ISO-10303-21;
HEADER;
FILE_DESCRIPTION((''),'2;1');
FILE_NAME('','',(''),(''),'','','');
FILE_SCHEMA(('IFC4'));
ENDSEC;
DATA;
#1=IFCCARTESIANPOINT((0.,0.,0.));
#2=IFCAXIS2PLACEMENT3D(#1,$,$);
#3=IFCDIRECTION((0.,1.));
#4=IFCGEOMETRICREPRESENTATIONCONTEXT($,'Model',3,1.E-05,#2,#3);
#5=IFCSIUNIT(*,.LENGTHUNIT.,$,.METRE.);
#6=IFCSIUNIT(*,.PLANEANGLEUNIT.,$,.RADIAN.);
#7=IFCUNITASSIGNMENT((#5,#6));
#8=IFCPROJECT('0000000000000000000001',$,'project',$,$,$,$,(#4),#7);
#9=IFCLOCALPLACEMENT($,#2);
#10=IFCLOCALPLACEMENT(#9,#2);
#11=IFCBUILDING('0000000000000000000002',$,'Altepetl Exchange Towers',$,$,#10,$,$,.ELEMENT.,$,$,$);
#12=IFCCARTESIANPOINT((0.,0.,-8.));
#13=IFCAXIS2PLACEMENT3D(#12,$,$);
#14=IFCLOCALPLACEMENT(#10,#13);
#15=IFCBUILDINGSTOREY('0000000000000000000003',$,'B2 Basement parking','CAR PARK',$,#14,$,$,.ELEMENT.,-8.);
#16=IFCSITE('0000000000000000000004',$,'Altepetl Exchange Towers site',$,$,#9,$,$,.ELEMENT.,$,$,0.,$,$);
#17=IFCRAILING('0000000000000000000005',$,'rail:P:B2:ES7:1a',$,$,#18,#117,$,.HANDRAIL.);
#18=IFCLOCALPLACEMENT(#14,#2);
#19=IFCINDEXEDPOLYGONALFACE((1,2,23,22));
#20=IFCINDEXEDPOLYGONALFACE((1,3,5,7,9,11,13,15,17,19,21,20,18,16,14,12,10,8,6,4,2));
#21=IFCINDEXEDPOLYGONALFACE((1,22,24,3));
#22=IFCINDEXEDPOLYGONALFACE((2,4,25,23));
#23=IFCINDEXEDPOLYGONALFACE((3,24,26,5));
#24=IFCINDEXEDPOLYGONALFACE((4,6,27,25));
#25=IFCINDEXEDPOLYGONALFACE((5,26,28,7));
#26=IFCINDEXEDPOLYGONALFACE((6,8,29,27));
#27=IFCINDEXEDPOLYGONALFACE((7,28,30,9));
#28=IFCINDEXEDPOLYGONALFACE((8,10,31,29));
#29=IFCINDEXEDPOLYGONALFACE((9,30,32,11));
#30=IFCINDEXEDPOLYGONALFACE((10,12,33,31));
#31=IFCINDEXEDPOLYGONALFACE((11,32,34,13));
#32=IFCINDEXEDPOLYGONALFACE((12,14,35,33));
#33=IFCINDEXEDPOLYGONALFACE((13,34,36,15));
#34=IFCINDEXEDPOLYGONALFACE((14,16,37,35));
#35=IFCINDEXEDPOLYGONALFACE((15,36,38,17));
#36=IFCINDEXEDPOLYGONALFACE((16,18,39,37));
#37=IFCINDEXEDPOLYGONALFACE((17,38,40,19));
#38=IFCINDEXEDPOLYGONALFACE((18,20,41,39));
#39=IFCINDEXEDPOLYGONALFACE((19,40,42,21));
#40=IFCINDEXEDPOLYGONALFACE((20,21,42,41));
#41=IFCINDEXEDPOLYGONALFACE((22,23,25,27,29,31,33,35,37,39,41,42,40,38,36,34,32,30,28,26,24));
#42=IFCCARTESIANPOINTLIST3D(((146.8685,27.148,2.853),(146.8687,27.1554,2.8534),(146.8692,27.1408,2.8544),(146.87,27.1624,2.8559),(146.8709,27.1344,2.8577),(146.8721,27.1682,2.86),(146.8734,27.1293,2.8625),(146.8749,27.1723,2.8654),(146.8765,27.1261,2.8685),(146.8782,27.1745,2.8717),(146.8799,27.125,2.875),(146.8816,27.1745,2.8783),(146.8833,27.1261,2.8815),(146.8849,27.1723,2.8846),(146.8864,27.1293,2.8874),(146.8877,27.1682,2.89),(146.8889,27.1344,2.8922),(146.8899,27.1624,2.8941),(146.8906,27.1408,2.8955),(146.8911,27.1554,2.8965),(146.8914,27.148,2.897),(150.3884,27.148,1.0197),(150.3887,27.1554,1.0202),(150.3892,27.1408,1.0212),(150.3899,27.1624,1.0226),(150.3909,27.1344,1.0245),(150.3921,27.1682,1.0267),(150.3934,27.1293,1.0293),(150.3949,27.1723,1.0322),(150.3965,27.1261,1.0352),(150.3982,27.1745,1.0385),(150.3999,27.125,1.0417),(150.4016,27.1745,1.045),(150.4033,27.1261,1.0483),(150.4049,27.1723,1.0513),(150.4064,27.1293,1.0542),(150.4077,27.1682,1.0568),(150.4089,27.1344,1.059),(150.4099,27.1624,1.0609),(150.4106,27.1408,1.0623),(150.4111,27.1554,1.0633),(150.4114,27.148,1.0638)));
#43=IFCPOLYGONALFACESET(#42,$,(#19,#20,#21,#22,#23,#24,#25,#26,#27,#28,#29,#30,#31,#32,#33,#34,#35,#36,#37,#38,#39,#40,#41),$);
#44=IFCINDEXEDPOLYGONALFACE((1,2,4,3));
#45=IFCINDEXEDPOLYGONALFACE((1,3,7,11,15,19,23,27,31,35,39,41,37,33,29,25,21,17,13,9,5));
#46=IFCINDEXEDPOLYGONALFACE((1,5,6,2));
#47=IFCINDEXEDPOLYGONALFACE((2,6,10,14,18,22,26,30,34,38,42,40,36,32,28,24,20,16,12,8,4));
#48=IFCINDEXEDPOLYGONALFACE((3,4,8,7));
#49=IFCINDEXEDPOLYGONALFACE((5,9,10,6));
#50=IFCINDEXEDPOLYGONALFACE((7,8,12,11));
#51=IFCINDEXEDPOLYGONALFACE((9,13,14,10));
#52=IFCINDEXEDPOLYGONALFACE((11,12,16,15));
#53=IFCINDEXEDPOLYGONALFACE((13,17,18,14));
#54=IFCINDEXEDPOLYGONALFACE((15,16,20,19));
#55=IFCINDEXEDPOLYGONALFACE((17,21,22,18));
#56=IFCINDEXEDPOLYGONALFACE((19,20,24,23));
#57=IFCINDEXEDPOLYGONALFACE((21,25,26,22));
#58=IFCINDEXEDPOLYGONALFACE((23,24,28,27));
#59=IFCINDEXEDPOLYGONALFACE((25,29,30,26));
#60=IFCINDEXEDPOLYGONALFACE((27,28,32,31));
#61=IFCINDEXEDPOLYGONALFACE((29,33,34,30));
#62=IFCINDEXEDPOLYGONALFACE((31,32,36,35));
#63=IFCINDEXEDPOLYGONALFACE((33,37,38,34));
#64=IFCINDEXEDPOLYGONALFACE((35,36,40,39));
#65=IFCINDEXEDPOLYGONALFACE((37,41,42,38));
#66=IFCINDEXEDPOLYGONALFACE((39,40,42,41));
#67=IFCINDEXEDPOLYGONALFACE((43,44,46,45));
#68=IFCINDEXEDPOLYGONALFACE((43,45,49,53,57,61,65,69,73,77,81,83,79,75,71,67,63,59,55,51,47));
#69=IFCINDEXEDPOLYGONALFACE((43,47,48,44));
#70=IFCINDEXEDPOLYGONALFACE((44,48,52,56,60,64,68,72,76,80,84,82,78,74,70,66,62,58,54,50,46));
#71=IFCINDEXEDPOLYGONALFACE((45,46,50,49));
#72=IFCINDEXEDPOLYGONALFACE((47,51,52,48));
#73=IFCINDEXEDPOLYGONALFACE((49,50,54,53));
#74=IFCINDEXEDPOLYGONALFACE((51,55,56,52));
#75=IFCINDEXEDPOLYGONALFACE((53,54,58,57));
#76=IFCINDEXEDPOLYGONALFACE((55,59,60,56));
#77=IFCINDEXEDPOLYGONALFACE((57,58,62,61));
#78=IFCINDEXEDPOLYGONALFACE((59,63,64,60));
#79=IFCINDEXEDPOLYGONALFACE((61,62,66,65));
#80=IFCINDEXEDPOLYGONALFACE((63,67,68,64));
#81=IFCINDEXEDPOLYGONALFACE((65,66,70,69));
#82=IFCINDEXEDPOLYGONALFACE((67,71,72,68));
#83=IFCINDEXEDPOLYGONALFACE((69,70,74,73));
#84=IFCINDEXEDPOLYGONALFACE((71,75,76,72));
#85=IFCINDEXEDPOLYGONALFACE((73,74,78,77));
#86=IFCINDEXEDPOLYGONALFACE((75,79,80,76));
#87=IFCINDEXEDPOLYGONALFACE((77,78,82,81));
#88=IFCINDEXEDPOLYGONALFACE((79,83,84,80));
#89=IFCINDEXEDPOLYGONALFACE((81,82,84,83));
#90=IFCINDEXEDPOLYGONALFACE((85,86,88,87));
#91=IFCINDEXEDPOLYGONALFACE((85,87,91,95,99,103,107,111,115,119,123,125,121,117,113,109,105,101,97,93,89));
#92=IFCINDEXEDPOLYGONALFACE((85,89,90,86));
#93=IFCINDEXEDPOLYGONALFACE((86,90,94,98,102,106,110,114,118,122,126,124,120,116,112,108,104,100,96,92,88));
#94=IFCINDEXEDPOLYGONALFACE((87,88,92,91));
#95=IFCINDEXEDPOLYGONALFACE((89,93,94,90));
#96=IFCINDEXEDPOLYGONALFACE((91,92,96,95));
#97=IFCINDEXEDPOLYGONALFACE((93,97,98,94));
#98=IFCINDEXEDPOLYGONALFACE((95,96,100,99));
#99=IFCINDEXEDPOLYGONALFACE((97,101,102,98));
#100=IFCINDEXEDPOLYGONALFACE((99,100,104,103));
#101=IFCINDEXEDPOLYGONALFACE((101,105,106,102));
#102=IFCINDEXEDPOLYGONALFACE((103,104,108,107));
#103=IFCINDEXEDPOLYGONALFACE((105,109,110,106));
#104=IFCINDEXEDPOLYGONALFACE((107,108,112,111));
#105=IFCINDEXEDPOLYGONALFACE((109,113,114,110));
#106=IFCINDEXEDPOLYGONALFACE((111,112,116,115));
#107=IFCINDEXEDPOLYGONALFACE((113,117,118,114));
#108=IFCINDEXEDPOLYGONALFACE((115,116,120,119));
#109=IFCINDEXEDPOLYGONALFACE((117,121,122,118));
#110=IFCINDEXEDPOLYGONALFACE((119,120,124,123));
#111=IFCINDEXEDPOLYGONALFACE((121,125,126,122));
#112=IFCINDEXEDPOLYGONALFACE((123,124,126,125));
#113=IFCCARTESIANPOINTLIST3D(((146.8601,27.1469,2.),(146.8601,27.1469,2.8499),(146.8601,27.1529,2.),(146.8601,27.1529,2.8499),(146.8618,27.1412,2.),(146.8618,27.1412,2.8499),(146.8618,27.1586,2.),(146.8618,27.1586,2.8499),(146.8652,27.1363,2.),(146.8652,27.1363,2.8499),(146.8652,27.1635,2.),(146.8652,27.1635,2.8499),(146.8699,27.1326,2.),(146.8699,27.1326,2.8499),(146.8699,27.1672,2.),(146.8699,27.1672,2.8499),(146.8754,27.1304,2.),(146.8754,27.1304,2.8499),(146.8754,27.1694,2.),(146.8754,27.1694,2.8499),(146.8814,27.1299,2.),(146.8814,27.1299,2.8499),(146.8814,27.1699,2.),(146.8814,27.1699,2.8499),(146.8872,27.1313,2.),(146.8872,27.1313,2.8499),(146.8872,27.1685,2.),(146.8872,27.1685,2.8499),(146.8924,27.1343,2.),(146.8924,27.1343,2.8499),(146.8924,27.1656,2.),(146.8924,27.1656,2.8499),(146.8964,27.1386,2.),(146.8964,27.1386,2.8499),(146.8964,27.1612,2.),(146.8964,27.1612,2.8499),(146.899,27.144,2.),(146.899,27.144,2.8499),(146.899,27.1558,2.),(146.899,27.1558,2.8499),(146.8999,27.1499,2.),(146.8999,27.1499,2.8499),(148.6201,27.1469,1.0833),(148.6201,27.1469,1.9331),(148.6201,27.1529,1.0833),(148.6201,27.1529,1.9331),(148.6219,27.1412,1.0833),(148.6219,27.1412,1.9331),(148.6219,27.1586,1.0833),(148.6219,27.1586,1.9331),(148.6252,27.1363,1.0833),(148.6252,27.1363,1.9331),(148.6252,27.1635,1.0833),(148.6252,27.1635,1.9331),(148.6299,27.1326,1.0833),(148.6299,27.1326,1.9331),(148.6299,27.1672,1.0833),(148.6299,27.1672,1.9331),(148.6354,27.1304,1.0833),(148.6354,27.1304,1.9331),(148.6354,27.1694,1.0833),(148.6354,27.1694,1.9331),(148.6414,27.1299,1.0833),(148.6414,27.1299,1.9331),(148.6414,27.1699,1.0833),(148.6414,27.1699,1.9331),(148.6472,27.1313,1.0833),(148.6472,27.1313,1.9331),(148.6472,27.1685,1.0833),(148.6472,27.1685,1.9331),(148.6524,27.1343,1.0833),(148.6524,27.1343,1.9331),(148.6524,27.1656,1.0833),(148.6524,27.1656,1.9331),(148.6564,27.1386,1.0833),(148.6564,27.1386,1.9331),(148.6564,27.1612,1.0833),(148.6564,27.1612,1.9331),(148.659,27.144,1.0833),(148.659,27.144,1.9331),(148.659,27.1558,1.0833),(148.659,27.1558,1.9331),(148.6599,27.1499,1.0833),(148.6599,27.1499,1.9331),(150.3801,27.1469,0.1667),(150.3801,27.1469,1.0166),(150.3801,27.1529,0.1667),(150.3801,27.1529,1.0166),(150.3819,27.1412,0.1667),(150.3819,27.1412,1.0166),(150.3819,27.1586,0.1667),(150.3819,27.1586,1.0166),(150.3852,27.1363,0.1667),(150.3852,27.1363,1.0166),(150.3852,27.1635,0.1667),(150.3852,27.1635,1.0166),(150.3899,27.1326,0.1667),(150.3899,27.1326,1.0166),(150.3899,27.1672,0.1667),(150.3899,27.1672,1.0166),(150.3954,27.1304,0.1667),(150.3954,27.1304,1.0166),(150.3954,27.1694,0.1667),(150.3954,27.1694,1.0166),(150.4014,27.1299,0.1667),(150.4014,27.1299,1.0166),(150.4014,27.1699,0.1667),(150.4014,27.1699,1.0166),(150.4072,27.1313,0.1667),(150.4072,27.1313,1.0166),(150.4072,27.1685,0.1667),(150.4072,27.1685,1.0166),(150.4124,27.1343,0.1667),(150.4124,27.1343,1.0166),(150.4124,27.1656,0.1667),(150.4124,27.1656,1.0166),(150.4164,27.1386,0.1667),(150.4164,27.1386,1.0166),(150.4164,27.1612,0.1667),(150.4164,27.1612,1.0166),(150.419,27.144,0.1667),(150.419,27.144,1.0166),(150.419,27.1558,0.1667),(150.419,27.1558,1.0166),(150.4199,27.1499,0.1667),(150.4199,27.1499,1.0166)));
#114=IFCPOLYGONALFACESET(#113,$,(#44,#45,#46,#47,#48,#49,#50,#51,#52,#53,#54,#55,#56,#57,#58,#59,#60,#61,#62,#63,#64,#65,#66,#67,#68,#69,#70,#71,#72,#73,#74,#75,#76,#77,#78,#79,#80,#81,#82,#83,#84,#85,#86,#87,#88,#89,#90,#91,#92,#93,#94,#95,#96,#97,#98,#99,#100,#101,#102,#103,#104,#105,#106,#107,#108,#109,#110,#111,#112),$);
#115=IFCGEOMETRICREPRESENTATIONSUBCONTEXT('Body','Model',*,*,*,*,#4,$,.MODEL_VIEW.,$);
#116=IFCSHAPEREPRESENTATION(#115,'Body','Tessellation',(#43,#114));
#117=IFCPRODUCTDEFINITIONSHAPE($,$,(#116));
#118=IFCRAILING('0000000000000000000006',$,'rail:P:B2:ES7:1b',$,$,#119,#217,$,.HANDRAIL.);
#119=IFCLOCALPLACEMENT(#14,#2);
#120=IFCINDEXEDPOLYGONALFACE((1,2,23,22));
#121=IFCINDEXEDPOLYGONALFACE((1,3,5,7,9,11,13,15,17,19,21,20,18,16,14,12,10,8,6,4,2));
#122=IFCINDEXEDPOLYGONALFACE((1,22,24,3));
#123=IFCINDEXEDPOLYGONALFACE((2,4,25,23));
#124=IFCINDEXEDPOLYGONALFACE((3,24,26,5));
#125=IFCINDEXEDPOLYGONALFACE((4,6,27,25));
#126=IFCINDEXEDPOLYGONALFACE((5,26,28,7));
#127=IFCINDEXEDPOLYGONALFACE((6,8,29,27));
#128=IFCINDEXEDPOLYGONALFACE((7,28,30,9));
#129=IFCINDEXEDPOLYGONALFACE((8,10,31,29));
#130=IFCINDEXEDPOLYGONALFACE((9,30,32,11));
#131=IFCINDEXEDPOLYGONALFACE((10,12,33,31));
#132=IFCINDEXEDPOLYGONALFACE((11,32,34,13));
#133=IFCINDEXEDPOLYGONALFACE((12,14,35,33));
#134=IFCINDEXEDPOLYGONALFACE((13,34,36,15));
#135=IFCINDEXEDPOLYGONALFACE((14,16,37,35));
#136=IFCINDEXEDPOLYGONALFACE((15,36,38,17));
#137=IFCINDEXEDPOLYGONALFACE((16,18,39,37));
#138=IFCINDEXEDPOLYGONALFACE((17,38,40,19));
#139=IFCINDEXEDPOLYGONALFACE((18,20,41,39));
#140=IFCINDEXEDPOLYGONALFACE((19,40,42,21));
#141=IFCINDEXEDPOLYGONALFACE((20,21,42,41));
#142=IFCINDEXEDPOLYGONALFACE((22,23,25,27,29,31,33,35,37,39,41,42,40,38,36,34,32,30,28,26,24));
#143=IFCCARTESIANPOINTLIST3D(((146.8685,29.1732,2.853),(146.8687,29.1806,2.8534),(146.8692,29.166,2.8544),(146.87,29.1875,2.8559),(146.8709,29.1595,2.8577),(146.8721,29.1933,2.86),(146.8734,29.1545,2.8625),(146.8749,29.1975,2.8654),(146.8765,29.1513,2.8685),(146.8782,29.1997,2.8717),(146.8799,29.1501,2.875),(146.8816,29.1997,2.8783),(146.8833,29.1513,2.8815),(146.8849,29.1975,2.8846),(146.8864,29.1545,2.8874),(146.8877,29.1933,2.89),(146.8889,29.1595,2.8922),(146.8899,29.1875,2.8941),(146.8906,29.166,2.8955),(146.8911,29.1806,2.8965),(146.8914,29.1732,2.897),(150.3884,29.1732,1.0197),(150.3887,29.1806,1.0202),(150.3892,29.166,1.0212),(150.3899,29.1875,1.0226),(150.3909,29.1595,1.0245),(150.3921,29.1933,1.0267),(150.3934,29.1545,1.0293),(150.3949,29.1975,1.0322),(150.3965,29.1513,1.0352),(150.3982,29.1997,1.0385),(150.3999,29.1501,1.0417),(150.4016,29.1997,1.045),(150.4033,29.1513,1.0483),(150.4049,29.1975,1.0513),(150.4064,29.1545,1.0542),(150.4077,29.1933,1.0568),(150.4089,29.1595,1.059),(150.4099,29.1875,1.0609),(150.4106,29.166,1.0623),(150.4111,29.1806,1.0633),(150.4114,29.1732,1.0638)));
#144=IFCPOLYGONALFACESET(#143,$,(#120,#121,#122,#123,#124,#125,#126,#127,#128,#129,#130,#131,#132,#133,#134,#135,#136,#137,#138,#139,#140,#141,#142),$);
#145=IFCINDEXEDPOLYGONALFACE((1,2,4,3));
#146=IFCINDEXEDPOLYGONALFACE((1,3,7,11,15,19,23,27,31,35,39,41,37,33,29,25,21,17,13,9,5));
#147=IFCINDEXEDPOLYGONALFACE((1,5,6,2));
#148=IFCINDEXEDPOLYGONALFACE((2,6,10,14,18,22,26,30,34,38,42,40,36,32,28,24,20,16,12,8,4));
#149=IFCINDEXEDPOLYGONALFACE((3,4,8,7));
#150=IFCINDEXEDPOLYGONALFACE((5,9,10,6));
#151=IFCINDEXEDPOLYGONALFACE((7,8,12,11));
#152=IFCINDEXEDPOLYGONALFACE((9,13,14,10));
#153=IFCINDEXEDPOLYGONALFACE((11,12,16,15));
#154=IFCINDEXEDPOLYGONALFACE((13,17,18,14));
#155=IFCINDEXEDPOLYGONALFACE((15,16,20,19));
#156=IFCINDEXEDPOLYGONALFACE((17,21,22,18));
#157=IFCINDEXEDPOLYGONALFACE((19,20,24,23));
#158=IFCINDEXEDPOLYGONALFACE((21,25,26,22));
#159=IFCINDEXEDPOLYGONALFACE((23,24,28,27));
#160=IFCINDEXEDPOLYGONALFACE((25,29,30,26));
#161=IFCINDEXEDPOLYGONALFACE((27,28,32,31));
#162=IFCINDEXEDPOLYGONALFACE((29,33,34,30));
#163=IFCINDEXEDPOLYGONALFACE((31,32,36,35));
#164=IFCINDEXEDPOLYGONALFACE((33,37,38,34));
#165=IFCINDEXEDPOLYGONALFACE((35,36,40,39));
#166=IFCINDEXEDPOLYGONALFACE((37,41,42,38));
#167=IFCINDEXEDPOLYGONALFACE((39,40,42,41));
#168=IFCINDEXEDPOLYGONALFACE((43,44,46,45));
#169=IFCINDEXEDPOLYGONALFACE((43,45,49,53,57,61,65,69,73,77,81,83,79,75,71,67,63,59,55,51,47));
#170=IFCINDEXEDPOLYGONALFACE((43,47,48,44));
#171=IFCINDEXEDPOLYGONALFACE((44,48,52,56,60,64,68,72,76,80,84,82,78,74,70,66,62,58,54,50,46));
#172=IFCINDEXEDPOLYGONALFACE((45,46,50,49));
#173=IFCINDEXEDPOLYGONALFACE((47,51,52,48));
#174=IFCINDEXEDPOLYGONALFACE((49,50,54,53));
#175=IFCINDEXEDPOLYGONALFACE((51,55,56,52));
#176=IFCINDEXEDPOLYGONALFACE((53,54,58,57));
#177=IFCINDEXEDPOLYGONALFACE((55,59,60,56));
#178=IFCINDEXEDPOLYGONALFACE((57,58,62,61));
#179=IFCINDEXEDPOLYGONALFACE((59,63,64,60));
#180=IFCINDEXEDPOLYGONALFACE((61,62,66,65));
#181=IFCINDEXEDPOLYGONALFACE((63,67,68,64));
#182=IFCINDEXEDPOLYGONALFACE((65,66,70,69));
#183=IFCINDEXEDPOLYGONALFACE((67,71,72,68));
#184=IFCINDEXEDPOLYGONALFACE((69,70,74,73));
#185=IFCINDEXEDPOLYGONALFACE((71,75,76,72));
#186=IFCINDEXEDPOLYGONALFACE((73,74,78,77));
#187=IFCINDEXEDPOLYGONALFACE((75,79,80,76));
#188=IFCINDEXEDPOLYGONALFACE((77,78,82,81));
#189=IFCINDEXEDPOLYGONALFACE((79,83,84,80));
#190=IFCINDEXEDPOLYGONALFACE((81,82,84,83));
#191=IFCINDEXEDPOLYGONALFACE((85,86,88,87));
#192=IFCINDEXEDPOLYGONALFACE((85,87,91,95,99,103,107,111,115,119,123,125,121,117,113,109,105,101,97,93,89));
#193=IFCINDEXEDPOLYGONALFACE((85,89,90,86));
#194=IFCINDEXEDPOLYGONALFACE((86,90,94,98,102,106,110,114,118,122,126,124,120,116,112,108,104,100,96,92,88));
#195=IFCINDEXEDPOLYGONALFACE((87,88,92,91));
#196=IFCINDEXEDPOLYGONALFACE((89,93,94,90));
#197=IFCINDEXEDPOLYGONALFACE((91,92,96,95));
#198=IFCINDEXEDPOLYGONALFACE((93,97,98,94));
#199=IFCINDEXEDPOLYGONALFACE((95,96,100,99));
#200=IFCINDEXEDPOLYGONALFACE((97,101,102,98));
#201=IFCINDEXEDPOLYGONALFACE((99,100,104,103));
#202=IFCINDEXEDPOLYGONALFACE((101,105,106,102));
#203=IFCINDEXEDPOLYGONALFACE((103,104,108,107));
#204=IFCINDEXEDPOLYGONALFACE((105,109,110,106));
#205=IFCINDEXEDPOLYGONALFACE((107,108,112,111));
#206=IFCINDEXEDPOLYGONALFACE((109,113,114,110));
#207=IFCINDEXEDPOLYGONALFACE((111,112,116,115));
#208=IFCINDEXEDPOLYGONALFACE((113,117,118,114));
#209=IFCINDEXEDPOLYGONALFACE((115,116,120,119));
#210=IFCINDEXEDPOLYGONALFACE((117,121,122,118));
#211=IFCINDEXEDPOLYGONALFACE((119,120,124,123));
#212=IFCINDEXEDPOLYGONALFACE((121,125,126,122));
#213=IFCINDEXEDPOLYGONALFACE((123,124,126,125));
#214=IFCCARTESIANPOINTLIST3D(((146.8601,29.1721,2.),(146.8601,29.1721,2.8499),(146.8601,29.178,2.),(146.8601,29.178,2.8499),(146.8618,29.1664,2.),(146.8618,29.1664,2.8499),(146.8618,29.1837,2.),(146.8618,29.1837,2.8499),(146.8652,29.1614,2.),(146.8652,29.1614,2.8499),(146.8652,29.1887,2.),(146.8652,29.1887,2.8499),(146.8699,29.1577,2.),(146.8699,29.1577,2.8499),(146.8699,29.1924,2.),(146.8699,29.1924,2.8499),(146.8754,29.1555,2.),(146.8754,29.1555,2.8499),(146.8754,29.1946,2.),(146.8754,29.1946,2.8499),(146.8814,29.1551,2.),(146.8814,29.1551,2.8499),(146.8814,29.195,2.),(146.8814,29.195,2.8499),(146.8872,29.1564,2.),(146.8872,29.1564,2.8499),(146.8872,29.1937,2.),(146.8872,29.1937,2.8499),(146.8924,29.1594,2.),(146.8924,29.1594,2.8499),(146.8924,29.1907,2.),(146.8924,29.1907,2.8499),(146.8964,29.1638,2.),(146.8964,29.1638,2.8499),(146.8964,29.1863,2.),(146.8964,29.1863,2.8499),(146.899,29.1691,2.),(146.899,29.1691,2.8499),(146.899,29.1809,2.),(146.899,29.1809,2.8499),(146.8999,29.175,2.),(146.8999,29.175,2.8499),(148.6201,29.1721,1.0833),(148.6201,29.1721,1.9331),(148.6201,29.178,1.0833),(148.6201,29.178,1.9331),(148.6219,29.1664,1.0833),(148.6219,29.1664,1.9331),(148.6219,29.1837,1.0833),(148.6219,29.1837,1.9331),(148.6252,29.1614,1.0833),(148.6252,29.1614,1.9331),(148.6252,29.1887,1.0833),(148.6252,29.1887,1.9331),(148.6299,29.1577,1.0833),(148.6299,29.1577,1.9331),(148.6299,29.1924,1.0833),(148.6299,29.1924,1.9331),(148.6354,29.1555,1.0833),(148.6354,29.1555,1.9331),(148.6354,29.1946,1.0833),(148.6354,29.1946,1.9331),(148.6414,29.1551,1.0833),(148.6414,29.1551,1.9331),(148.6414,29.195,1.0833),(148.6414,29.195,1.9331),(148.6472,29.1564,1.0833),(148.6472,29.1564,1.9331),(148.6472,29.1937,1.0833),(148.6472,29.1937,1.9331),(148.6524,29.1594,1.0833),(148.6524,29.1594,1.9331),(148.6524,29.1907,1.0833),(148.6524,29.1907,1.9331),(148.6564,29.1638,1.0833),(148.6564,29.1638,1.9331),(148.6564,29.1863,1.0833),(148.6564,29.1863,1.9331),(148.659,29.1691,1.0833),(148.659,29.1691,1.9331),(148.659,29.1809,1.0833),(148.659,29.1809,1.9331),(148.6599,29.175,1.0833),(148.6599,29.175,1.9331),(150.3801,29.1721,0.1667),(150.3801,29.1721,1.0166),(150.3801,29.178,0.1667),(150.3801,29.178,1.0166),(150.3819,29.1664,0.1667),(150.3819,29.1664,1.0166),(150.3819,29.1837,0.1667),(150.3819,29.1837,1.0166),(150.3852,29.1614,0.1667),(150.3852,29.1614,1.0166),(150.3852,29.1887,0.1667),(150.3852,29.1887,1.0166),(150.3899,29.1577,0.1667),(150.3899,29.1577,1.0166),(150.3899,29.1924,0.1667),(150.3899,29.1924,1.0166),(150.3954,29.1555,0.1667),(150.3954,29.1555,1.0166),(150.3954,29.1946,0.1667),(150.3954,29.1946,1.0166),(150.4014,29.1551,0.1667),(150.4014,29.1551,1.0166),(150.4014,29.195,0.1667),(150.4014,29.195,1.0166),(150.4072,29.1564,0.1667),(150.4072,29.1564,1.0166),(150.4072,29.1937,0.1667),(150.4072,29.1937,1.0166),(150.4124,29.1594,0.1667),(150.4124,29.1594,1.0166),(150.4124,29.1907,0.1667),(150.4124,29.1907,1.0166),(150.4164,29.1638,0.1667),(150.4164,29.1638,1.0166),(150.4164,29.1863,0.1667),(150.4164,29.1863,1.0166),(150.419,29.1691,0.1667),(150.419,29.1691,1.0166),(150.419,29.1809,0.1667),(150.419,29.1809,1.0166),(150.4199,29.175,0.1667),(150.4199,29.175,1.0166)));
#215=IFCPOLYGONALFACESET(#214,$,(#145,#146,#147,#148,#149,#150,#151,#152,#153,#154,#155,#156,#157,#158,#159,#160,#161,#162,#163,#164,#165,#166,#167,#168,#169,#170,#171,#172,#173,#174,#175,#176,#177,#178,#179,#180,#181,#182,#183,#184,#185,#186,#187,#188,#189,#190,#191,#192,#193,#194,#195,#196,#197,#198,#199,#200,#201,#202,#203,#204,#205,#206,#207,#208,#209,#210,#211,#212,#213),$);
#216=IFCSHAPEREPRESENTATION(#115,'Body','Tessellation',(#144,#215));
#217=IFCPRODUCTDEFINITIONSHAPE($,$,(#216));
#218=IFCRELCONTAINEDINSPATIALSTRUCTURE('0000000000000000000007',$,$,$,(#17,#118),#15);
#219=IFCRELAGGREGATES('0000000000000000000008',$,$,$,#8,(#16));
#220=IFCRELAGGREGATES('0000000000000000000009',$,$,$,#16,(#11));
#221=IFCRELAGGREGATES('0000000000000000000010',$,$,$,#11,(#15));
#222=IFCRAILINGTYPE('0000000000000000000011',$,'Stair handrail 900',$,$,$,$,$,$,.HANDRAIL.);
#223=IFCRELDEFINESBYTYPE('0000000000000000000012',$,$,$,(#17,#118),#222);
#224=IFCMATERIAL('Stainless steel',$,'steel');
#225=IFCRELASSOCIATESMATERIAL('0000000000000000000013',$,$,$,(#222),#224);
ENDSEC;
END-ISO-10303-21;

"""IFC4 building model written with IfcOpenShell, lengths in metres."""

from ifc_helpers import new_model, si_unit, direction, frame, origin, origin_2d, place, context, subcontext, project, spatial, circle, extrude, source, transform, mapped, material, type_object, element, save


model = new_model("IFC4")

# Units and contexts
model_context = context("Model", 3, precision=1e-05, world=origin(), true_north=direction((0.0, 1.0)))
body_context = subcontext(model_context, "Body", "Model", "MODEL_VIEW")
ifc_project = project(units=[si_unit("LENGTHUNIT", "METRE"), si_unit("PLANEANGLEUNIT", "RADIAN")], contexts=[model_context])

# Site, building, storey
site_placement = place(None, origin())
site = spatial("IfcSite", under=ifc_project, at=site_placement, Name="Altepetl Exchange Towers site", CompositionType="ELEMENT", RefElevation=0.0)
building_placement = place(site_placement, origin())
building = spatial("IfcBuilding", under=site, at=building_placement, Name="Altepetl Exchange Towers", CompositionType="ELEMENT")
storey_placement = place(building_placement, frame((0.0, 0.0, -8.0)))
storey = spatial("IfcBuildingStorey", under=building, at=storey_placement, Name="B2 Basement parking", Description="CAR PARK", CompositionType="ELEMENT", Elevation=-8.0)

# Railings
ifc_material_1 = material(Name="Stainless steel", Category="steel")
railing_type_1 = type_object("IfcRailingType", Name="Stair handrail 900", PredefinedType="HANDRAIL", material=ifc_material_1)
shared_shape_1 = source(origin(), body_context, "Body", "SweptSolid", [
    extrude(circle(Radius=0.02, at=origin_2d()), origin(), (0.0, 0.0, 1.0), 0.8499),
])
for number, where, name in (
    (1, (150.3999, 27.1499, 0.1667), "rail:P:B2:ES7:1a"),
    (2, (150.3999, 29.175, 0.1667), "rail:P:B2:ES7:1b"),
):
    element("IfcRailing", number, at=place(storey_placement, frame(where)), inside=storey, type_object=railing_type_1, Name=name, PredefinedType="HANDRAIL", context=body_context, shape_type="SweptSolid", body=[
        extrude(circle(Radius=0.0249, at=origin_2d()), frame((0.0, 0.0, 0.875), z_axis=(-0.886924, 0.0, 0.461916), x_axis=(0.0, -1.0, 0.0)), (0.0, 0.0, 1.0), 3.9688),
        mapped(shared_shape_1, transform((0.0, 0.0, 0.0))),
        mapped(shared_shape_1, transform((-1.76, 0.0, 0.9165))),
        mapped(shared_shape_1, transform((-3.52, 0.0, 1.8333))),
    ])

save(model, "model.ifc")
